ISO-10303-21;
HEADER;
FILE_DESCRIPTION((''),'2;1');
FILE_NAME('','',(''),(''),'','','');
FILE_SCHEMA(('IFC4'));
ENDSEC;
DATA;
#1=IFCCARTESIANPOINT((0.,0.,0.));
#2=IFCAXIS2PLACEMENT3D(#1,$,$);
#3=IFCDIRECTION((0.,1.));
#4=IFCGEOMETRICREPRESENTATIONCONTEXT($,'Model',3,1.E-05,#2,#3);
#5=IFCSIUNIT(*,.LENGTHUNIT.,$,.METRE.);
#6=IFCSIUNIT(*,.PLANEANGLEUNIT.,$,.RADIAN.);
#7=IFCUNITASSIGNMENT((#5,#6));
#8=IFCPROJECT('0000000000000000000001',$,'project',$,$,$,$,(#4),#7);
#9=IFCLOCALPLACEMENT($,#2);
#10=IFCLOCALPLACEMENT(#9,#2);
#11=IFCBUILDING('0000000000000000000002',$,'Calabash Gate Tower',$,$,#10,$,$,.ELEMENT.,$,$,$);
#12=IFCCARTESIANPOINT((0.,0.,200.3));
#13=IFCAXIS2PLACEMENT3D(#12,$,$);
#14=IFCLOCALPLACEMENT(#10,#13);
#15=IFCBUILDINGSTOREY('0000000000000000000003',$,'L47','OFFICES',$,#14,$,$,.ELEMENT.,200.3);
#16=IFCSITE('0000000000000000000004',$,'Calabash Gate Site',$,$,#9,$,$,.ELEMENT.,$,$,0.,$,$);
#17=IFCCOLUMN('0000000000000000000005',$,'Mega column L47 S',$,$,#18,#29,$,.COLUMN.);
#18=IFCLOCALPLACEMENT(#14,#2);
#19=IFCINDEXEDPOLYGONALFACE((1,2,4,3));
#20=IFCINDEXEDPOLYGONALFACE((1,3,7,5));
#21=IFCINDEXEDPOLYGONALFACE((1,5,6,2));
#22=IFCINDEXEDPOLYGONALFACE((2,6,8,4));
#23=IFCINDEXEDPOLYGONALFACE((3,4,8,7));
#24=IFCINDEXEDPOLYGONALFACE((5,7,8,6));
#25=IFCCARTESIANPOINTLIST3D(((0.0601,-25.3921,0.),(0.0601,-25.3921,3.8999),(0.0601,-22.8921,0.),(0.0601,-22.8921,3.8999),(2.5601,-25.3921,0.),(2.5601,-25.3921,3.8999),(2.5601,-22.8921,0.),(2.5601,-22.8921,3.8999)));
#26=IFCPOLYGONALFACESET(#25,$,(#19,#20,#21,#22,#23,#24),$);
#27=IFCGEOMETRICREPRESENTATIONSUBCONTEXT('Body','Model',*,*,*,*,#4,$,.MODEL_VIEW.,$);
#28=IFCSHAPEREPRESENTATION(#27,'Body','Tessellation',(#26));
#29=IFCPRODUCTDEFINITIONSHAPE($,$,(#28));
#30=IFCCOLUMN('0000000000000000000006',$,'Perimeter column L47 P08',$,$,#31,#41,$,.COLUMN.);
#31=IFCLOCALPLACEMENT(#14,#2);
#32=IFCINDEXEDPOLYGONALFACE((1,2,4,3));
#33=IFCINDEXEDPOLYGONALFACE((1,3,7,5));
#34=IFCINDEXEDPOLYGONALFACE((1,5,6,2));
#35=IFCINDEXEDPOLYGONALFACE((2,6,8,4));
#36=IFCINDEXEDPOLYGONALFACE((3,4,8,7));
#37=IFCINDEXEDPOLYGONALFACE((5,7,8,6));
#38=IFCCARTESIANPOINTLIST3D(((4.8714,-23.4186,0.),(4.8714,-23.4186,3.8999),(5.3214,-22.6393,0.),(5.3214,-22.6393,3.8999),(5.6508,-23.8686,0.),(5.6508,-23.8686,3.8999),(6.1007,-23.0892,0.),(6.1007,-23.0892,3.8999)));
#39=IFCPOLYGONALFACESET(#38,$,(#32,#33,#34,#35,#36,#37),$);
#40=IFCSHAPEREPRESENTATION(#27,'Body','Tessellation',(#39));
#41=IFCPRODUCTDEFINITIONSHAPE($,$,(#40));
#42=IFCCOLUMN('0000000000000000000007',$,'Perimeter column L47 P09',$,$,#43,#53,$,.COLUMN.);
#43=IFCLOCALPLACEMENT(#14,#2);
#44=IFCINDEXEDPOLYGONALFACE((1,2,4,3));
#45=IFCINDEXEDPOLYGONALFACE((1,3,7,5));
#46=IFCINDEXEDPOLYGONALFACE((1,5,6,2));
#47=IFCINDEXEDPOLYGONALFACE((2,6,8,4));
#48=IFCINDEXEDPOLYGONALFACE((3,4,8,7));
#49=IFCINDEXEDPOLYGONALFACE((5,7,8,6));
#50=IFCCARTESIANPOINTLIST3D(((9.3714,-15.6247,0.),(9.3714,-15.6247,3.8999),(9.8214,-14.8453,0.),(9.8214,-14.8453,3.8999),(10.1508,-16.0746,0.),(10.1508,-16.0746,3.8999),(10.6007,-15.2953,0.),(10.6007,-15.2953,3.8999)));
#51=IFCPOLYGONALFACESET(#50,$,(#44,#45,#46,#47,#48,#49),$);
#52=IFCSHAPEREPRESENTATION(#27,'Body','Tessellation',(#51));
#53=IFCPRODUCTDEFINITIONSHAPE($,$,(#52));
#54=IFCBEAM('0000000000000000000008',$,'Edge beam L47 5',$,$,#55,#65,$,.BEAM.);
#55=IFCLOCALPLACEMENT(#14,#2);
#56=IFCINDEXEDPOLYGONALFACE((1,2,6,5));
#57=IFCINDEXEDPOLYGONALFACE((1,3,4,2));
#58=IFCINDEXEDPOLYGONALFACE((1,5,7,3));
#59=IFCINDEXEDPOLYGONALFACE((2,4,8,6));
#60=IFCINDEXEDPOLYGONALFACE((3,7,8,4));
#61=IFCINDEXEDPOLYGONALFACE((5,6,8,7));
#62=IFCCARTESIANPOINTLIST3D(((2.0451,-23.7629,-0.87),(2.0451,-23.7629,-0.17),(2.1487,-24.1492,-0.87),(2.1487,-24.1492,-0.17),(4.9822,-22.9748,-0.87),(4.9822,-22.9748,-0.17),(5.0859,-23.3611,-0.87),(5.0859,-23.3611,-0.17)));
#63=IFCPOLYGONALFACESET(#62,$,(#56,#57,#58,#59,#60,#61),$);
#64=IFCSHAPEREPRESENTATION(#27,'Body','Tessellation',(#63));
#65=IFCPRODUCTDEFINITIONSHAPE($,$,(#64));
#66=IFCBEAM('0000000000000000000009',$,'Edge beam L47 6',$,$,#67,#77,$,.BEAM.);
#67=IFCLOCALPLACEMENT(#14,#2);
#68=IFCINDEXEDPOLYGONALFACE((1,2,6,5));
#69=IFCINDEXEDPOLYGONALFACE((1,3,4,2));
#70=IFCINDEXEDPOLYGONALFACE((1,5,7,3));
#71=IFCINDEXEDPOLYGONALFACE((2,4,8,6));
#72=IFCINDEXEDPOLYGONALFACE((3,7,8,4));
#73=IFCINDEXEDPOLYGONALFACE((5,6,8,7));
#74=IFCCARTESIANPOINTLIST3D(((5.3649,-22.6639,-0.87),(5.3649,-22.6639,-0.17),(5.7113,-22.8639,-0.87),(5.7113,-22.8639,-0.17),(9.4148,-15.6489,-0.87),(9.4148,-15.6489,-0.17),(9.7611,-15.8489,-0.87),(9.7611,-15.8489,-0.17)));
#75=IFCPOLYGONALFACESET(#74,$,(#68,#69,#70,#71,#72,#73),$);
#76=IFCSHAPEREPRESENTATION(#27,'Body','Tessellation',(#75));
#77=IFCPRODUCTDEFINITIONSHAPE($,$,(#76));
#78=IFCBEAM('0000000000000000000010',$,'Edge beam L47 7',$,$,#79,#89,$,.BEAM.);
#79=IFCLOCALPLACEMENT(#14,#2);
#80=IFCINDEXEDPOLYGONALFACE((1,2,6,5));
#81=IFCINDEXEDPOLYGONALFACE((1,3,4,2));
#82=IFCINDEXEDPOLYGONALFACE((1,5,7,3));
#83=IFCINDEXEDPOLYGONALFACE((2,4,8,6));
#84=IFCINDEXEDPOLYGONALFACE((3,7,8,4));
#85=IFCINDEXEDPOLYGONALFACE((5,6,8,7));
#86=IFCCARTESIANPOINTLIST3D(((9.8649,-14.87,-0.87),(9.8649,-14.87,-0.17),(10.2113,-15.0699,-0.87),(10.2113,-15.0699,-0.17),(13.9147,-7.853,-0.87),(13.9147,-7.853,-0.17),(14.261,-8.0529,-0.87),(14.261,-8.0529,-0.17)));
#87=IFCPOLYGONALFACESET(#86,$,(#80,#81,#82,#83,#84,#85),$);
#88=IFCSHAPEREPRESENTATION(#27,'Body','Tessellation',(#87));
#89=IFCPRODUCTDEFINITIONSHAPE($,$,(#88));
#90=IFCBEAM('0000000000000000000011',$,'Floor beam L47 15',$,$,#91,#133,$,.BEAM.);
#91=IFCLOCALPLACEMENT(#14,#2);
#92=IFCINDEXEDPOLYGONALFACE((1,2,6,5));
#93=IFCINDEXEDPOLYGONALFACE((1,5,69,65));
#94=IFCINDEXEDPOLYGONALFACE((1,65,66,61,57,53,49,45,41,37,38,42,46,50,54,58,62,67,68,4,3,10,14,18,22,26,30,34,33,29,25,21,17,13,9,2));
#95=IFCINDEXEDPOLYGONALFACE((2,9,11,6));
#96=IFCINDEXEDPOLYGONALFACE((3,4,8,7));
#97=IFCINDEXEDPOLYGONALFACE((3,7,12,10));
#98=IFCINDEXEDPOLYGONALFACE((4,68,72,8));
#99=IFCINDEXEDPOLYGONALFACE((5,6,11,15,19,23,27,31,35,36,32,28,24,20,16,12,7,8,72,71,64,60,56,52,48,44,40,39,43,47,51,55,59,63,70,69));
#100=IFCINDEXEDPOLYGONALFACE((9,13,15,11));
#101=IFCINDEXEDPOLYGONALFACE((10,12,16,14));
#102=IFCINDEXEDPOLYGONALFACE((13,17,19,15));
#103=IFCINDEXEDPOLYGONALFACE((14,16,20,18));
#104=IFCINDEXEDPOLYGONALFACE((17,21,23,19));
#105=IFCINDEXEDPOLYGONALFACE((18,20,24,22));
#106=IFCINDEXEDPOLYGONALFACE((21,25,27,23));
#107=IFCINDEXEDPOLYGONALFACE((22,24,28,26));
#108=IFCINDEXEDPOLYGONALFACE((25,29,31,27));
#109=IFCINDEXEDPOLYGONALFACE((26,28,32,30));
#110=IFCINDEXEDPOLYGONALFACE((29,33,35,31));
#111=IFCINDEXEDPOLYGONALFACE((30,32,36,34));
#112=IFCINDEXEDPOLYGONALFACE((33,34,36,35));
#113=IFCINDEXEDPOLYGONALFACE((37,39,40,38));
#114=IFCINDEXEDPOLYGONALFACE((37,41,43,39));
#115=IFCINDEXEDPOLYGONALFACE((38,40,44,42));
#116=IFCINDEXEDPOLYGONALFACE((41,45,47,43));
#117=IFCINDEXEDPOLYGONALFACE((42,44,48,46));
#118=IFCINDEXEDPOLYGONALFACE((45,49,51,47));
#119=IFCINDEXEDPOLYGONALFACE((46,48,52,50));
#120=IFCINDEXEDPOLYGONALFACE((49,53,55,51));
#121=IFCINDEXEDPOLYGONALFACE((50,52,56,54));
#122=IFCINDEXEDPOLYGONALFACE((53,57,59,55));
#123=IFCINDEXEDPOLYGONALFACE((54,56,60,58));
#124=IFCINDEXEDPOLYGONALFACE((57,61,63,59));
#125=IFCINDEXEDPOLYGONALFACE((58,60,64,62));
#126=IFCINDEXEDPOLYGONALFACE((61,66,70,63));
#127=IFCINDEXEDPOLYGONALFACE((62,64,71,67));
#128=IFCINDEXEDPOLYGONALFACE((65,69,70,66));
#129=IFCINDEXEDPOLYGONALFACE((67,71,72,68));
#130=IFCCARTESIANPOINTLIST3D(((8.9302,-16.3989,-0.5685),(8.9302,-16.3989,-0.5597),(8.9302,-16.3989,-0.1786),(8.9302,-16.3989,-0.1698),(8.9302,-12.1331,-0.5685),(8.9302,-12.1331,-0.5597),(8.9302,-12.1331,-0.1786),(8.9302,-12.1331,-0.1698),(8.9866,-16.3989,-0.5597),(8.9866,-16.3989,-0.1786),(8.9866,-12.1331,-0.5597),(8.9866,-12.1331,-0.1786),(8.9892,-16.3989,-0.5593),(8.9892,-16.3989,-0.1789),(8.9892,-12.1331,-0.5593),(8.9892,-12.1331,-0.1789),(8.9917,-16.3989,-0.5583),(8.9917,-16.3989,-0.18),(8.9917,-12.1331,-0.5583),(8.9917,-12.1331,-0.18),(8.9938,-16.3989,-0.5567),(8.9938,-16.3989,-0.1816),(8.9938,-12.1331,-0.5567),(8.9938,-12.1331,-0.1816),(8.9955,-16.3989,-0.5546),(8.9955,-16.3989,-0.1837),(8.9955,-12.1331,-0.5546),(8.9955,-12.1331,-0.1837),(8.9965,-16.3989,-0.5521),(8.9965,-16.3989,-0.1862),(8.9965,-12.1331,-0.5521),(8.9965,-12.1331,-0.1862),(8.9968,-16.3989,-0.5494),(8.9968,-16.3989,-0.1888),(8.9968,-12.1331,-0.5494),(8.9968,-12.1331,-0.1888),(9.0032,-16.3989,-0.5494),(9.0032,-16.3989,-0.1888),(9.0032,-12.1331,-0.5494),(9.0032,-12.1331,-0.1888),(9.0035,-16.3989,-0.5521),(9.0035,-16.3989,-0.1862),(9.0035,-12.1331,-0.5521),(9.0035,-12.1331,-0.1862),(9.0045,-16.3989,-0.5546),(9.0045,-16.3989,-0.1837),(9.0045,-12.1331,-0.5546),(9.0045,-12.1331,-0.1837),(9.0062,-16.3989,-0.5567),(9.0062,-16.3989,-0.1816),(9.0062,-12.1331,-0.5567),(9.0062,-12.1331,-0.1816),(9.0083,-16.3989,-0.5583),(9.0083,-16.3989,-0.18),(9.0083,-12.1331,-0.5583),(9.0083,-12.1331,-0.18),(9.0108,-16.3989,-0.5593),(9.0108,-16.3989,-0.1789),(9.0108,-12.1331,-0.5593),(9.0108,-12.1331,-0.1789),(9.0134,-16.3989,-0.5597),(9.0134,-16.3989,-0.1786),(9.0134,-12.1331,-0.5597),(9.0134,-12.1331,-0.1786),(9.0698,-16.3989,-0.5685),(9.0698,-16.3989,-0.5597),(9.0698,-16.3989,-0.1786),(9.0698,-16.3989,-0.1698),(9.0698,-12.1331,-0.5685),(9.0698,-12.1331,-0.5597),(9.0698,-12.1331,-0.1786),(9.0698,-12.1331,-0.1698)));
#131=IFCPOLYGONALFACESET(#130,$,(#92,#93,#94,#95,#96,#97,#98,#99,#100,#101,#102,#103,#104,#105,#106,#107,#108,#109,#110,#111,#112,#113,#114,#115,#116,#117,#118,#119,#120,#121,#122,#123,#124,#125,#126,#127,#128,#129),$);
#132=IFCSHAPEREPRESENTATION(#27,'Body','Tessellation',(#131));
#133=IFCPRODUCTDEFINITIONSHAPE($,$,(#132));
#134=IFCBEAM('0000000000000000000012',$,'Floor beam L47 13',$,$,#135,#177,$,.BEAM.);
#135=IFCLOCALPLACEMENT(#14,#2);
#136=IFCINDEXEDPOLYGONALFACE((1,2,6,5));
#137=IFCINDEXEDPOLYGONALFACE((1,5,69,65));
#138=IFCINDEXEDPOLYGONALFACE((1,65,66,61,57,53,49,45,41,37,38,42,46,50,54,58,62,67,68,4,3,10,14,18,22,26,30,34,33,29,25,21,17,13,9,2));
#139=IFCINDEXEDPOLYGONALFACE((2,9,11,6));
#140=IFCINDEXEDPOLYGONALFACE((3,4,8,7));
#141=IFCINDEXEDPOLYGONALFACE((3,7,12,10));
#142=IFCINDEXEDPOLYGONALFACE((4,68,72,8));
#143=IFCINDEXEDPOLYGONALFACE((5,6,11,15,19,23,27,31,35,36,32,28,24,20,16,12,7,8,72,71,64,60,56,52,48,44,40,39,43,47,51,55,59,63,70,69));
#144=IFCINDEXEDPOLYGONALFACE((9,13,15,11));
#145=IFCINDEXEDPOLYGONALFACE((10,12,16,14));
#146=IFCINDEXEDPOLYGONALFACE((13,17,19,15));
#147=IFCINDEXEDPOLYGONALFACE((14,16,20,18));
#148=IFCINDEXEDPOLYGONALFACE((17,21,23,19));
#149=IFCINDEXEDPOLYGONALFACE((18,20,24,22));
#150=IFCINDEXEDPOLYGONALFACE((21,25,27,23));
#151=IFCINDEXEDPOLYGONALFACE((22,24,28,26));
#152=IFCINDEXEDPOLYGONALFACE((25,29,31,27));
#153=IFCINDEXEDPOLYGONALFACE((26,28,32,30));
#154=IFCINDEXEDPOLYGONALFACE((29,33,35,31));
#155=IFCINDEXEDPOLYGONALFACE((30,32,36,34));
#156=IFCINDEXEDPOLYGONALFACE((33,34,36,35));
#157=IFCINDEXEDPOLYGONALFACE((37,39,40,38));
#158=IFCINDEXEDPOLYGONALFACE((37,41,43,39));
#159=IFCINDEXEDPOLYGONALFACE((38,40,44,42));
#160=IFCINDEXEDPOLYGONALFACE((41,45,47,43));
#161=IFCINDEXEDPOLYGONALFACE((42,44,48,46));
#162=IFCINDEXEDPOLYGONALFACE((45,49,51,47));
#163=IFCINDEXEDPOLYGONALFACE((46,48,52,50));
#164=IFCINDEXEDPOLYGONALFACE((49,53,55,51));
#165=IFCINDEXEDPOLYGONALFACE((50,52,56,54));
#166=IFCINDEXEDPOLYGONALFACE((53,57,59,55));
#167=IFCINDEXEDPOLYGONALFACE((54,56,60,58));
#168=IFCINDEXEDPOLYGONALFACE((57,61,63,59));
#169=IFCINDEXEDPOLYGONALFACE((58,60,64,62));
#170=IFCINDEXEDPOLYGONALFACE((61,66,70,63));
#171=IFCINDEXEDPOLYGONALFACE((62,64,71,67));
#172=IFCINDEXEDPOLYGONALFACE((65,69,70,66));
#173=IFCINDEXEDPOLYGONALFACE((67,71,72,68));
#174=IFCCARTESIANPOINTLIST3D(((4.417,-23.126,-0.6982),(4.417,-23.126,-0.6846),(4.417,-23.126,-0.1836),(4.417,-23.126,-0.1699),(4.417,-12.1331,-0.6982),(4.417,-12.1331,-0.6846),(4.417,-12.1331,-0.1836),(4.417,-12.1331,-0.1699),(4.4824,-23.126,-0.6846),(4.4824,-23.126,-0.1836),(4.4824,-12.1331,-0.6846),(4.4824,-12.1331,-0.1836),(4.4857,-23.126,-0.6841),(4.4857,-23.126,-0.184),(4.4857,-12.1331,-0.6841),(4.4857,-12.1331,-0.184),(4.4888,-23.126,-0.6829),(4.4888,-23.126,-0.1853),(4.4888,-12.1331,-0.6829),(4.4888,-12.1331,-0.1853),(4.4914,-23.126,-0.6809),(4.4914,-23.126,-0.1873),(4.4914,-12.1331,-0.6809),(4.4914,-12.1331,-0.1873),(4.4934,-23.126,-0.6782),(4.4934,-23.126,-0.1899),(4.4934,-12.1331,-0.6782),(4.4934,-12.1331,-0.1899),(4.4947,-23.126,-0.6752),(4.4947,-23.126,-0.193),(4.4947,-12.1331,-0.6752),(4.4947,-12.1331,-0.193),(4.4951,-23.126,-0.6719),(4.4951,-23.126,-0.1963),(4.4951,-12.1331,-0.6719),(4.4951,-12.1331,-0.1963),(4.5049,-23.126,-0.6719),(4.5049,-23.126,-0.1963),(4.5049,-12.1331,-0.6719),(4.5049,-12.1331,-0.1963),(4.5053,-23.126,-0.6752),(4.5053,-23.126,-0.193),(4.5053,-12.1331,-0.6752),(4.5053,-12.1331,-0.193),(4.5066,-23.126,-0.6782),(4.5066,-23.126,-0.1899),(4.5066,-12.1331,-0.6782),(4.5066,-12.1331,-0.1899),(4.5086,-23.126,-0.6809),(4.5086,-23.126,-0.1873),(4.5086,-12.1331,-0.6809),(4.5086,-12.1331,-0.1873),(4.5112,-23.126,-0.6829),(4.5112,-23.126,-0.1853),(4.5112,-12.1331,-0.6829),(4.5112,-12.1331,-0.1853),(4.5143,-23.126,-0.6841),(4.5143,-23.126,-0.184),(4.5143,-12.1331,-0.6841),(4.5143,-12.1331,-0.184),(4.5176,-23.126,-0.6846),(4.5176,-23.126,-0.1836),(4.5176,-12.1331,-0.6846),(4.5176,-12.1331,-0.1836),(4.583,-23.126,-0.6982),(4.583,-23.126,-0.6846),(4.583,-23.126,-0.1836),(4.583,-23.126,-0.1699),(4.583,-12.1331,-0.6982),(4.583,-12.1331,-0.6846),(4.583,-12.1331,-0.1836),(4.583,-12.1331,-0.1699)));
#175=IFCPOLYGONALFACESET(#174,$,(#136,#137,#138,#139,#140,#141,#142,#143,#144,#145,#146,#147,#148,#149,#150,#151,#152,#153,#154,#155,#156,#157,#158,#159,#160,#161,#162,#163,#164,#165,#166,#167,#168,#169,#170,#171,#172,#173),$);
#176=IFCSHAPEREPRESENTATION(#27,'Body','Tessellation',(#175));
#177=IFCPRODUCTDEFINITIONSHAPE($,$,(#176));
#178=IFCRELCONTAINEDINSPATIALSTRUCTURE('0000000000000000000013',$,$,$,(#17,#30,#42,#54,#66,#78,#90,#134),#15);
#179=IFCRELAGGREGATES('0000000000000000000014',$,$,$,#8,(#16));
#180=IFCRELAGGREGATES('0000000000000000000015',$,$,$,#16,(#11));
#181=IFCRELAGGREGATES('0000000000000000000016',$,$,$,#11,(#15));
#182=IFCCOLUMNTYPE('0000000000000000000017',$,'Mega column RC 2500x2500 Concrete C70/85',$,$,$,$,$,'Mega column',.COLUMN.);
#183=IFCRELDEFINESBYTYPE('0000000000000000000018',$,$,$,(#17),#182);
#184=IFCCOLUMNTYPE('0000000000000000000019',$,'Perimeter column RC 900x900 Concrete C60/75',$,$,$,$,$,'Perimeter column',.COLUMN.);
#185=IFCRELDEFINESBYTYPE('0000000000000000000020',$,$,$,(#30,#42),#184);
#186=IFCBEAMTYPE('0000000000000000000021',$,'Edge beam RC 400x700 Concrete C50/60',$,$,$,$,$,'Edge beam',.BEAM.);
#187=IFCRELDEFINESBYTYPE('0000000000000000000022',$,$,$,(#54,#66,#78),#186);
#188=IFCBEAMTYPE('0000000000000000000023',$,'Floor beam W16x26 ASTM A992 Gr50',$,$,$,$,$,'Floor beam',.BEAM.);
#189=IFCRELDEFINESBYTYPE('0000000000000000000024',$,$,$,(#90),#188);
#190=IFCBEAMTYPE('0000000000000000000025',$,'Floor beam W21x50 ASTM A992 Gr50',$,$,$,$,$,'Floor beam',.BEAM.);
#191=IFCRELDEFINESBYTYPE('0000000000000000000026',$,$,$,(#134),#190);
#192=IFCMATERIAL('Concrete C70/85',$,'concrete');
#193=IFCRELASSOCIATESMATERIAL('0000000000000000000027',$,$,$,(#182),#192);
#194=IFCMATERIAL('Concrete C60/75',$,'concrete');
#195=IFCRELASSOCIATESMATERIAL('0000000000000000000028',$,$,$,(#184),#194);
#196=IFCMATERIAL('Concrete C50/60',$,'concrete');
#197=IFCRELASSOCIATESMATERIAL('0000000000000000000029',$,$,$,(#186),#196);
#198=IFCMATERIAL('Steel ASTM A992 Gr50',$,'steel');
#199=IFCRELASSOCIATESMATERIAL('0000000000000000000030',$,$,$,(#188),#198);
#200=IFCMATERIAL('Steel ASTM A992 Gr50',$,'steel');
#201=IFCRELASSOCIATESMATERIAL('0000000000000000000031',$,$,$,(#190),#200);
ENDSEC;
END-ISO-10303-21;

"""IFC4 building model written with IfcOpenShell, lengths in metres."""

from ifc_helpers import new_model, si_unit, direction, frame, origin, origin_2d, place, context, subcontext, project, spatial, rectangle, i_section, extrude, material, material_profile, profile_set, type_object, element, save


model = new_model("IFC4")

# Units and contexts
model_context = context("Model", 3, precision=1e-05, world=origin(), true_north=direction((0.0, 1.0)))
body_context = subcontext(model_context, "Body", "Model", "MODEL_VIEW")
ifc_project = project(units=[si_unit("LENGTHUNIT", "METRE"), si_unit("PLANEANGLEUNIT", "RADIAN")], contexts=[model_context])

# Site, building, storey
site_placement = place(None, origin())
site = spatial("IfcSite", under=ifc_project, at=site_placement, Name="Calabash Gate Site", CompositionType="ELEMENT", RefElevation=0.0)
building_placement = place(site_placement, origin())
building = spatial("IfcBuilding", under=site, at=building_placement, Name="Calabash Gate Tower", CompositionType="ELEMENT")
storey_placement = place(building_placement, frame((0.0, 0.0, 200.3)))
storey = spatial("IfcBuildingStorey", under=building, at=storey_placement, Name="L47", Description="OFFICES", CompositionType="ELEMENT", Elevation=200.3)

# Columns
ifc_material_1 = material(Name="Concrete C70/85", Category="concrete")
ifc_material_profile_1 = material_profile(ifc_material_1, rectangle(XDim=2.5, YDim=2.5, at=origin_2d()))
ifc_profile_set_1 = profile_set([ifc_material_profile_1], Name="Concrete C70/85")
column_type_1 = type_object("IfcColumnType", Name="Mega column RC 2500x2500 Concrete C70/85", ElementType="Mega column", PredefinedType="COLUMN", material=ifc_profile_set_1)
column_placement = place(storey_placement, frame((1.3101, -24.1421, 0.0), z_axis=(0.0, 0.0, 1.0), x_axis=(0.0, 1.0, 0.0)))
element("IfcColumn", 1, at=column_placement, inside=storey, type_object=column_type_1, Name="Mega column L47 S", PredefinedType="COLUMN", context=body_context, shape_type="SweptSolid", body=[
    extrude(rectangle(XDim=2.5, YDim=2.5, at=origin_2d()), origin(), (0.0, 0.0, 1.0), 3.8999),
])
ifc_material_2 = material(Name="Concrete C60/75", Category="concrete")
ifc_material_profile_2 = material_profile(ifc_material_2, rectangle(XDim=0.8999, YDim=0.8999, at=origin_2d()))
ifc_profile_set_2 = profile_set([ifc_material_profile_2], Name="Concrete C60/75")
column_type_2 = type_object("IfcColumnType", Name="Perimeter column RC 900x900 Concrete C60/75", ElementType="Perimeter column", PredefinedType="COLUMN", material=ifc_profile_set_2)
for number, where, z_axis, x_axis, name in (
    (2, (5.4861, -23.2539, 0.0), (0.0, 0.0, 1.0), (0.5, 0.866025, 0.0), "Perimeter column L47 P08"),
    (3, (9.9861, -15.46, 0.0), (0.0, 0.0, 1.0), (0.5, 0.866025, 0.0), "Perimeter column L47 P09"),
):
    element("IfcColumn", number, at=place(storey_placement, frame(where, z_axis=z_axis, x_axis=x_axis)), inside=storey, type_object=column_type_2, Name=name, PredefinedType="COLUMN", context=body_context, shape_type="SweptSolid", body=[
        extrude(rectangle(XDim=0.8999, YDim=0.8999, at=origin_2d()), origin(), (0.0, 0.0, 1.0), 3.8999),
    ])

# Beams
ifc_material_3 = material(Name="Concrete C50/60", Category="concrete")
ifc_material_profile_3 = material_profile(ifc_material_3, rectangle(XDim=0.3999, YDim=0.7, at=origin_2d()))
ifc_profile_set_3 = profile_set([ifc_material_profile_3], Name="Concrete C50/60")
beam_type_1 = type_object("IfcBeamType", Name="Edge beam RC 400x700 Concrete C50/60", ElementType="Edge beam", PredefinedType="BEAM", material=ifc_profile_set_3)
beam_1_placement = place(storey_placement, frame((2.0969, -23.9561, -0.52), z_axis=(0.965834, 0.259161, 0.0), x_axis=(-0.259161, 0.965834, 0.0)))
element("IfcBeam", 4, at=beam_1_placement, inside=storey, type_object=beam_type_1, Name="Edge beam L47 5", PredefinedType="BEAM", context=body_context, shape_type="SweptSolid", body=[
    extrude(rectangle(XDim=0.3999, YDim=0.7, at=origin_2d()), origin(), (0.0, 0.0, 1.0), 3.041),
])
beam_2_placement = place(storey_placement, frame((5.5381, -22.7639, -0.52), z_axis=(0.499977, 0.866039, 0.0), x_axis=(-0.866039, 0.499977, 0.0)))
element("IfcBeam", 5, at=beam_2_placement, inside=storey, type_object=beam_type_1, Name="Edge beam L47 6", PredefinedType="BEAM", context=body_context, shape_type="SweptSolid", body=[
    extrude(rectangle(XDim=0.3999, YDim=0.7, at=origin_2d()), origin(), (0.0, 0.0, 1.0), 8.1001),
])
beam_3_placement = place(storey_placement, frame((10.0381, -14.97, -0.52), z_axis=(0.49986, 0.866106, 0.0), x_axis=(-0.866106, 0.49986, 0.0)))
element("IfcBeam", 6, at=beam_3_placement, inside=storey, type_object=beam_type_1, Name="Edge beam L47 7", PredefinedType="BEAM", context=body_context, shape_type="SweptSolid", body=[
    extrude(rectangle(XDim=0.3999, YDim=0.7, at=origin_2d()), origin(), (0.0, 0.0, 1.0), 8.1018),
])
ifc_material_4 = material(Name="Steel ASTM A992 Gr50", Category="steel")
ifc_material_profile_4 = material_profile(ifc_material_4, i_section(OverallWidth=0.1396, OverallDepth=0.3987, WebThickness=0.0063, FlangeThickness=0.0088, FilletRadius=0.0103, at=origin_2d()))
ifc_profile_set_4 = profile_set([ifc_material_profile_4], Name="Steel ASTM A992 Gr50")
beam_type_2 = type_object("IfcBeamType", Name="Floor beam W16x26 ASTM A992 Gr50", ElementType="Floor beam", PredefinedType="BEAM", material=ifc_profile_set_4)
beam_4_placement = place(storey_placement, frame((9.0, -16.3989, -0.3691), z_axis=(0.0, 1.0, 0.0), x_axis=(-1.0, 0.0, 0.0)))
element("IfcBeam", 7, at=beam_4_placement, inside=storey, type_object=beam_type_2, Name="Floor beam L47 15", PredefinedType="BEAM", context=body_context, shape_type="SweptSolid", body=[
    extrude(i_section(OverallWidth=0.1396, OverallDepth=0.3987, WebThickness=0.0063, FlangeThickness=0.0088, FilletRadius=0.0103, at=origin_2d()), origin(), (0.0, 0.0, 1.0), 4.2659),
])
ifc_material_5 = material(Name="Steel ASTM A992 Gr50", Category="steel")
ifc_material_profile_5 = material_profile(ifc_material_5, i_section(OverallWidth=0.166, OverallDepth=0.5283, WebThickness=0.0098, FlangeThickness=0.0137, FilletRadius=0.0127, at=origin_2d()))
ifc_profile_set_5 = profile_set([ifc_material_profile_5], Name="Steel ASTM A992 Gr50")
beam_type_3 = type_object("IfcBeamType", Name="Floor beam W21x50 ASTM A992 Gr50", ElementType="Floor beam", PredefinedType="BEAM", material=ifc_profile_set_5)
beam_5_placement = place(storey_placement, frame((4.5, -23.126, -0.4341), z_axis=(0.0, 1.0, 0.0), x_axis=(-1.0, 0.0, 0.0)))
element("IfcBeam", 8, at=beam_5_placement, inside=storey, type_object=beam_type_3, Name="Floor beam L47 13", PredefinedType="BEAM", context=body_context, shape_type="SweptSolid", body=[
    extrude(i_section(OverallWidth=0.166, OverallDepth=0.5283, WebThickness=0.0098, FlangeThickness=0.0137, FilletRadius=0.0127, at=origin_2d()), origin(), (0.0, 0.0, 1.0), 10.9929),
])

save(model, "model.ifc")
